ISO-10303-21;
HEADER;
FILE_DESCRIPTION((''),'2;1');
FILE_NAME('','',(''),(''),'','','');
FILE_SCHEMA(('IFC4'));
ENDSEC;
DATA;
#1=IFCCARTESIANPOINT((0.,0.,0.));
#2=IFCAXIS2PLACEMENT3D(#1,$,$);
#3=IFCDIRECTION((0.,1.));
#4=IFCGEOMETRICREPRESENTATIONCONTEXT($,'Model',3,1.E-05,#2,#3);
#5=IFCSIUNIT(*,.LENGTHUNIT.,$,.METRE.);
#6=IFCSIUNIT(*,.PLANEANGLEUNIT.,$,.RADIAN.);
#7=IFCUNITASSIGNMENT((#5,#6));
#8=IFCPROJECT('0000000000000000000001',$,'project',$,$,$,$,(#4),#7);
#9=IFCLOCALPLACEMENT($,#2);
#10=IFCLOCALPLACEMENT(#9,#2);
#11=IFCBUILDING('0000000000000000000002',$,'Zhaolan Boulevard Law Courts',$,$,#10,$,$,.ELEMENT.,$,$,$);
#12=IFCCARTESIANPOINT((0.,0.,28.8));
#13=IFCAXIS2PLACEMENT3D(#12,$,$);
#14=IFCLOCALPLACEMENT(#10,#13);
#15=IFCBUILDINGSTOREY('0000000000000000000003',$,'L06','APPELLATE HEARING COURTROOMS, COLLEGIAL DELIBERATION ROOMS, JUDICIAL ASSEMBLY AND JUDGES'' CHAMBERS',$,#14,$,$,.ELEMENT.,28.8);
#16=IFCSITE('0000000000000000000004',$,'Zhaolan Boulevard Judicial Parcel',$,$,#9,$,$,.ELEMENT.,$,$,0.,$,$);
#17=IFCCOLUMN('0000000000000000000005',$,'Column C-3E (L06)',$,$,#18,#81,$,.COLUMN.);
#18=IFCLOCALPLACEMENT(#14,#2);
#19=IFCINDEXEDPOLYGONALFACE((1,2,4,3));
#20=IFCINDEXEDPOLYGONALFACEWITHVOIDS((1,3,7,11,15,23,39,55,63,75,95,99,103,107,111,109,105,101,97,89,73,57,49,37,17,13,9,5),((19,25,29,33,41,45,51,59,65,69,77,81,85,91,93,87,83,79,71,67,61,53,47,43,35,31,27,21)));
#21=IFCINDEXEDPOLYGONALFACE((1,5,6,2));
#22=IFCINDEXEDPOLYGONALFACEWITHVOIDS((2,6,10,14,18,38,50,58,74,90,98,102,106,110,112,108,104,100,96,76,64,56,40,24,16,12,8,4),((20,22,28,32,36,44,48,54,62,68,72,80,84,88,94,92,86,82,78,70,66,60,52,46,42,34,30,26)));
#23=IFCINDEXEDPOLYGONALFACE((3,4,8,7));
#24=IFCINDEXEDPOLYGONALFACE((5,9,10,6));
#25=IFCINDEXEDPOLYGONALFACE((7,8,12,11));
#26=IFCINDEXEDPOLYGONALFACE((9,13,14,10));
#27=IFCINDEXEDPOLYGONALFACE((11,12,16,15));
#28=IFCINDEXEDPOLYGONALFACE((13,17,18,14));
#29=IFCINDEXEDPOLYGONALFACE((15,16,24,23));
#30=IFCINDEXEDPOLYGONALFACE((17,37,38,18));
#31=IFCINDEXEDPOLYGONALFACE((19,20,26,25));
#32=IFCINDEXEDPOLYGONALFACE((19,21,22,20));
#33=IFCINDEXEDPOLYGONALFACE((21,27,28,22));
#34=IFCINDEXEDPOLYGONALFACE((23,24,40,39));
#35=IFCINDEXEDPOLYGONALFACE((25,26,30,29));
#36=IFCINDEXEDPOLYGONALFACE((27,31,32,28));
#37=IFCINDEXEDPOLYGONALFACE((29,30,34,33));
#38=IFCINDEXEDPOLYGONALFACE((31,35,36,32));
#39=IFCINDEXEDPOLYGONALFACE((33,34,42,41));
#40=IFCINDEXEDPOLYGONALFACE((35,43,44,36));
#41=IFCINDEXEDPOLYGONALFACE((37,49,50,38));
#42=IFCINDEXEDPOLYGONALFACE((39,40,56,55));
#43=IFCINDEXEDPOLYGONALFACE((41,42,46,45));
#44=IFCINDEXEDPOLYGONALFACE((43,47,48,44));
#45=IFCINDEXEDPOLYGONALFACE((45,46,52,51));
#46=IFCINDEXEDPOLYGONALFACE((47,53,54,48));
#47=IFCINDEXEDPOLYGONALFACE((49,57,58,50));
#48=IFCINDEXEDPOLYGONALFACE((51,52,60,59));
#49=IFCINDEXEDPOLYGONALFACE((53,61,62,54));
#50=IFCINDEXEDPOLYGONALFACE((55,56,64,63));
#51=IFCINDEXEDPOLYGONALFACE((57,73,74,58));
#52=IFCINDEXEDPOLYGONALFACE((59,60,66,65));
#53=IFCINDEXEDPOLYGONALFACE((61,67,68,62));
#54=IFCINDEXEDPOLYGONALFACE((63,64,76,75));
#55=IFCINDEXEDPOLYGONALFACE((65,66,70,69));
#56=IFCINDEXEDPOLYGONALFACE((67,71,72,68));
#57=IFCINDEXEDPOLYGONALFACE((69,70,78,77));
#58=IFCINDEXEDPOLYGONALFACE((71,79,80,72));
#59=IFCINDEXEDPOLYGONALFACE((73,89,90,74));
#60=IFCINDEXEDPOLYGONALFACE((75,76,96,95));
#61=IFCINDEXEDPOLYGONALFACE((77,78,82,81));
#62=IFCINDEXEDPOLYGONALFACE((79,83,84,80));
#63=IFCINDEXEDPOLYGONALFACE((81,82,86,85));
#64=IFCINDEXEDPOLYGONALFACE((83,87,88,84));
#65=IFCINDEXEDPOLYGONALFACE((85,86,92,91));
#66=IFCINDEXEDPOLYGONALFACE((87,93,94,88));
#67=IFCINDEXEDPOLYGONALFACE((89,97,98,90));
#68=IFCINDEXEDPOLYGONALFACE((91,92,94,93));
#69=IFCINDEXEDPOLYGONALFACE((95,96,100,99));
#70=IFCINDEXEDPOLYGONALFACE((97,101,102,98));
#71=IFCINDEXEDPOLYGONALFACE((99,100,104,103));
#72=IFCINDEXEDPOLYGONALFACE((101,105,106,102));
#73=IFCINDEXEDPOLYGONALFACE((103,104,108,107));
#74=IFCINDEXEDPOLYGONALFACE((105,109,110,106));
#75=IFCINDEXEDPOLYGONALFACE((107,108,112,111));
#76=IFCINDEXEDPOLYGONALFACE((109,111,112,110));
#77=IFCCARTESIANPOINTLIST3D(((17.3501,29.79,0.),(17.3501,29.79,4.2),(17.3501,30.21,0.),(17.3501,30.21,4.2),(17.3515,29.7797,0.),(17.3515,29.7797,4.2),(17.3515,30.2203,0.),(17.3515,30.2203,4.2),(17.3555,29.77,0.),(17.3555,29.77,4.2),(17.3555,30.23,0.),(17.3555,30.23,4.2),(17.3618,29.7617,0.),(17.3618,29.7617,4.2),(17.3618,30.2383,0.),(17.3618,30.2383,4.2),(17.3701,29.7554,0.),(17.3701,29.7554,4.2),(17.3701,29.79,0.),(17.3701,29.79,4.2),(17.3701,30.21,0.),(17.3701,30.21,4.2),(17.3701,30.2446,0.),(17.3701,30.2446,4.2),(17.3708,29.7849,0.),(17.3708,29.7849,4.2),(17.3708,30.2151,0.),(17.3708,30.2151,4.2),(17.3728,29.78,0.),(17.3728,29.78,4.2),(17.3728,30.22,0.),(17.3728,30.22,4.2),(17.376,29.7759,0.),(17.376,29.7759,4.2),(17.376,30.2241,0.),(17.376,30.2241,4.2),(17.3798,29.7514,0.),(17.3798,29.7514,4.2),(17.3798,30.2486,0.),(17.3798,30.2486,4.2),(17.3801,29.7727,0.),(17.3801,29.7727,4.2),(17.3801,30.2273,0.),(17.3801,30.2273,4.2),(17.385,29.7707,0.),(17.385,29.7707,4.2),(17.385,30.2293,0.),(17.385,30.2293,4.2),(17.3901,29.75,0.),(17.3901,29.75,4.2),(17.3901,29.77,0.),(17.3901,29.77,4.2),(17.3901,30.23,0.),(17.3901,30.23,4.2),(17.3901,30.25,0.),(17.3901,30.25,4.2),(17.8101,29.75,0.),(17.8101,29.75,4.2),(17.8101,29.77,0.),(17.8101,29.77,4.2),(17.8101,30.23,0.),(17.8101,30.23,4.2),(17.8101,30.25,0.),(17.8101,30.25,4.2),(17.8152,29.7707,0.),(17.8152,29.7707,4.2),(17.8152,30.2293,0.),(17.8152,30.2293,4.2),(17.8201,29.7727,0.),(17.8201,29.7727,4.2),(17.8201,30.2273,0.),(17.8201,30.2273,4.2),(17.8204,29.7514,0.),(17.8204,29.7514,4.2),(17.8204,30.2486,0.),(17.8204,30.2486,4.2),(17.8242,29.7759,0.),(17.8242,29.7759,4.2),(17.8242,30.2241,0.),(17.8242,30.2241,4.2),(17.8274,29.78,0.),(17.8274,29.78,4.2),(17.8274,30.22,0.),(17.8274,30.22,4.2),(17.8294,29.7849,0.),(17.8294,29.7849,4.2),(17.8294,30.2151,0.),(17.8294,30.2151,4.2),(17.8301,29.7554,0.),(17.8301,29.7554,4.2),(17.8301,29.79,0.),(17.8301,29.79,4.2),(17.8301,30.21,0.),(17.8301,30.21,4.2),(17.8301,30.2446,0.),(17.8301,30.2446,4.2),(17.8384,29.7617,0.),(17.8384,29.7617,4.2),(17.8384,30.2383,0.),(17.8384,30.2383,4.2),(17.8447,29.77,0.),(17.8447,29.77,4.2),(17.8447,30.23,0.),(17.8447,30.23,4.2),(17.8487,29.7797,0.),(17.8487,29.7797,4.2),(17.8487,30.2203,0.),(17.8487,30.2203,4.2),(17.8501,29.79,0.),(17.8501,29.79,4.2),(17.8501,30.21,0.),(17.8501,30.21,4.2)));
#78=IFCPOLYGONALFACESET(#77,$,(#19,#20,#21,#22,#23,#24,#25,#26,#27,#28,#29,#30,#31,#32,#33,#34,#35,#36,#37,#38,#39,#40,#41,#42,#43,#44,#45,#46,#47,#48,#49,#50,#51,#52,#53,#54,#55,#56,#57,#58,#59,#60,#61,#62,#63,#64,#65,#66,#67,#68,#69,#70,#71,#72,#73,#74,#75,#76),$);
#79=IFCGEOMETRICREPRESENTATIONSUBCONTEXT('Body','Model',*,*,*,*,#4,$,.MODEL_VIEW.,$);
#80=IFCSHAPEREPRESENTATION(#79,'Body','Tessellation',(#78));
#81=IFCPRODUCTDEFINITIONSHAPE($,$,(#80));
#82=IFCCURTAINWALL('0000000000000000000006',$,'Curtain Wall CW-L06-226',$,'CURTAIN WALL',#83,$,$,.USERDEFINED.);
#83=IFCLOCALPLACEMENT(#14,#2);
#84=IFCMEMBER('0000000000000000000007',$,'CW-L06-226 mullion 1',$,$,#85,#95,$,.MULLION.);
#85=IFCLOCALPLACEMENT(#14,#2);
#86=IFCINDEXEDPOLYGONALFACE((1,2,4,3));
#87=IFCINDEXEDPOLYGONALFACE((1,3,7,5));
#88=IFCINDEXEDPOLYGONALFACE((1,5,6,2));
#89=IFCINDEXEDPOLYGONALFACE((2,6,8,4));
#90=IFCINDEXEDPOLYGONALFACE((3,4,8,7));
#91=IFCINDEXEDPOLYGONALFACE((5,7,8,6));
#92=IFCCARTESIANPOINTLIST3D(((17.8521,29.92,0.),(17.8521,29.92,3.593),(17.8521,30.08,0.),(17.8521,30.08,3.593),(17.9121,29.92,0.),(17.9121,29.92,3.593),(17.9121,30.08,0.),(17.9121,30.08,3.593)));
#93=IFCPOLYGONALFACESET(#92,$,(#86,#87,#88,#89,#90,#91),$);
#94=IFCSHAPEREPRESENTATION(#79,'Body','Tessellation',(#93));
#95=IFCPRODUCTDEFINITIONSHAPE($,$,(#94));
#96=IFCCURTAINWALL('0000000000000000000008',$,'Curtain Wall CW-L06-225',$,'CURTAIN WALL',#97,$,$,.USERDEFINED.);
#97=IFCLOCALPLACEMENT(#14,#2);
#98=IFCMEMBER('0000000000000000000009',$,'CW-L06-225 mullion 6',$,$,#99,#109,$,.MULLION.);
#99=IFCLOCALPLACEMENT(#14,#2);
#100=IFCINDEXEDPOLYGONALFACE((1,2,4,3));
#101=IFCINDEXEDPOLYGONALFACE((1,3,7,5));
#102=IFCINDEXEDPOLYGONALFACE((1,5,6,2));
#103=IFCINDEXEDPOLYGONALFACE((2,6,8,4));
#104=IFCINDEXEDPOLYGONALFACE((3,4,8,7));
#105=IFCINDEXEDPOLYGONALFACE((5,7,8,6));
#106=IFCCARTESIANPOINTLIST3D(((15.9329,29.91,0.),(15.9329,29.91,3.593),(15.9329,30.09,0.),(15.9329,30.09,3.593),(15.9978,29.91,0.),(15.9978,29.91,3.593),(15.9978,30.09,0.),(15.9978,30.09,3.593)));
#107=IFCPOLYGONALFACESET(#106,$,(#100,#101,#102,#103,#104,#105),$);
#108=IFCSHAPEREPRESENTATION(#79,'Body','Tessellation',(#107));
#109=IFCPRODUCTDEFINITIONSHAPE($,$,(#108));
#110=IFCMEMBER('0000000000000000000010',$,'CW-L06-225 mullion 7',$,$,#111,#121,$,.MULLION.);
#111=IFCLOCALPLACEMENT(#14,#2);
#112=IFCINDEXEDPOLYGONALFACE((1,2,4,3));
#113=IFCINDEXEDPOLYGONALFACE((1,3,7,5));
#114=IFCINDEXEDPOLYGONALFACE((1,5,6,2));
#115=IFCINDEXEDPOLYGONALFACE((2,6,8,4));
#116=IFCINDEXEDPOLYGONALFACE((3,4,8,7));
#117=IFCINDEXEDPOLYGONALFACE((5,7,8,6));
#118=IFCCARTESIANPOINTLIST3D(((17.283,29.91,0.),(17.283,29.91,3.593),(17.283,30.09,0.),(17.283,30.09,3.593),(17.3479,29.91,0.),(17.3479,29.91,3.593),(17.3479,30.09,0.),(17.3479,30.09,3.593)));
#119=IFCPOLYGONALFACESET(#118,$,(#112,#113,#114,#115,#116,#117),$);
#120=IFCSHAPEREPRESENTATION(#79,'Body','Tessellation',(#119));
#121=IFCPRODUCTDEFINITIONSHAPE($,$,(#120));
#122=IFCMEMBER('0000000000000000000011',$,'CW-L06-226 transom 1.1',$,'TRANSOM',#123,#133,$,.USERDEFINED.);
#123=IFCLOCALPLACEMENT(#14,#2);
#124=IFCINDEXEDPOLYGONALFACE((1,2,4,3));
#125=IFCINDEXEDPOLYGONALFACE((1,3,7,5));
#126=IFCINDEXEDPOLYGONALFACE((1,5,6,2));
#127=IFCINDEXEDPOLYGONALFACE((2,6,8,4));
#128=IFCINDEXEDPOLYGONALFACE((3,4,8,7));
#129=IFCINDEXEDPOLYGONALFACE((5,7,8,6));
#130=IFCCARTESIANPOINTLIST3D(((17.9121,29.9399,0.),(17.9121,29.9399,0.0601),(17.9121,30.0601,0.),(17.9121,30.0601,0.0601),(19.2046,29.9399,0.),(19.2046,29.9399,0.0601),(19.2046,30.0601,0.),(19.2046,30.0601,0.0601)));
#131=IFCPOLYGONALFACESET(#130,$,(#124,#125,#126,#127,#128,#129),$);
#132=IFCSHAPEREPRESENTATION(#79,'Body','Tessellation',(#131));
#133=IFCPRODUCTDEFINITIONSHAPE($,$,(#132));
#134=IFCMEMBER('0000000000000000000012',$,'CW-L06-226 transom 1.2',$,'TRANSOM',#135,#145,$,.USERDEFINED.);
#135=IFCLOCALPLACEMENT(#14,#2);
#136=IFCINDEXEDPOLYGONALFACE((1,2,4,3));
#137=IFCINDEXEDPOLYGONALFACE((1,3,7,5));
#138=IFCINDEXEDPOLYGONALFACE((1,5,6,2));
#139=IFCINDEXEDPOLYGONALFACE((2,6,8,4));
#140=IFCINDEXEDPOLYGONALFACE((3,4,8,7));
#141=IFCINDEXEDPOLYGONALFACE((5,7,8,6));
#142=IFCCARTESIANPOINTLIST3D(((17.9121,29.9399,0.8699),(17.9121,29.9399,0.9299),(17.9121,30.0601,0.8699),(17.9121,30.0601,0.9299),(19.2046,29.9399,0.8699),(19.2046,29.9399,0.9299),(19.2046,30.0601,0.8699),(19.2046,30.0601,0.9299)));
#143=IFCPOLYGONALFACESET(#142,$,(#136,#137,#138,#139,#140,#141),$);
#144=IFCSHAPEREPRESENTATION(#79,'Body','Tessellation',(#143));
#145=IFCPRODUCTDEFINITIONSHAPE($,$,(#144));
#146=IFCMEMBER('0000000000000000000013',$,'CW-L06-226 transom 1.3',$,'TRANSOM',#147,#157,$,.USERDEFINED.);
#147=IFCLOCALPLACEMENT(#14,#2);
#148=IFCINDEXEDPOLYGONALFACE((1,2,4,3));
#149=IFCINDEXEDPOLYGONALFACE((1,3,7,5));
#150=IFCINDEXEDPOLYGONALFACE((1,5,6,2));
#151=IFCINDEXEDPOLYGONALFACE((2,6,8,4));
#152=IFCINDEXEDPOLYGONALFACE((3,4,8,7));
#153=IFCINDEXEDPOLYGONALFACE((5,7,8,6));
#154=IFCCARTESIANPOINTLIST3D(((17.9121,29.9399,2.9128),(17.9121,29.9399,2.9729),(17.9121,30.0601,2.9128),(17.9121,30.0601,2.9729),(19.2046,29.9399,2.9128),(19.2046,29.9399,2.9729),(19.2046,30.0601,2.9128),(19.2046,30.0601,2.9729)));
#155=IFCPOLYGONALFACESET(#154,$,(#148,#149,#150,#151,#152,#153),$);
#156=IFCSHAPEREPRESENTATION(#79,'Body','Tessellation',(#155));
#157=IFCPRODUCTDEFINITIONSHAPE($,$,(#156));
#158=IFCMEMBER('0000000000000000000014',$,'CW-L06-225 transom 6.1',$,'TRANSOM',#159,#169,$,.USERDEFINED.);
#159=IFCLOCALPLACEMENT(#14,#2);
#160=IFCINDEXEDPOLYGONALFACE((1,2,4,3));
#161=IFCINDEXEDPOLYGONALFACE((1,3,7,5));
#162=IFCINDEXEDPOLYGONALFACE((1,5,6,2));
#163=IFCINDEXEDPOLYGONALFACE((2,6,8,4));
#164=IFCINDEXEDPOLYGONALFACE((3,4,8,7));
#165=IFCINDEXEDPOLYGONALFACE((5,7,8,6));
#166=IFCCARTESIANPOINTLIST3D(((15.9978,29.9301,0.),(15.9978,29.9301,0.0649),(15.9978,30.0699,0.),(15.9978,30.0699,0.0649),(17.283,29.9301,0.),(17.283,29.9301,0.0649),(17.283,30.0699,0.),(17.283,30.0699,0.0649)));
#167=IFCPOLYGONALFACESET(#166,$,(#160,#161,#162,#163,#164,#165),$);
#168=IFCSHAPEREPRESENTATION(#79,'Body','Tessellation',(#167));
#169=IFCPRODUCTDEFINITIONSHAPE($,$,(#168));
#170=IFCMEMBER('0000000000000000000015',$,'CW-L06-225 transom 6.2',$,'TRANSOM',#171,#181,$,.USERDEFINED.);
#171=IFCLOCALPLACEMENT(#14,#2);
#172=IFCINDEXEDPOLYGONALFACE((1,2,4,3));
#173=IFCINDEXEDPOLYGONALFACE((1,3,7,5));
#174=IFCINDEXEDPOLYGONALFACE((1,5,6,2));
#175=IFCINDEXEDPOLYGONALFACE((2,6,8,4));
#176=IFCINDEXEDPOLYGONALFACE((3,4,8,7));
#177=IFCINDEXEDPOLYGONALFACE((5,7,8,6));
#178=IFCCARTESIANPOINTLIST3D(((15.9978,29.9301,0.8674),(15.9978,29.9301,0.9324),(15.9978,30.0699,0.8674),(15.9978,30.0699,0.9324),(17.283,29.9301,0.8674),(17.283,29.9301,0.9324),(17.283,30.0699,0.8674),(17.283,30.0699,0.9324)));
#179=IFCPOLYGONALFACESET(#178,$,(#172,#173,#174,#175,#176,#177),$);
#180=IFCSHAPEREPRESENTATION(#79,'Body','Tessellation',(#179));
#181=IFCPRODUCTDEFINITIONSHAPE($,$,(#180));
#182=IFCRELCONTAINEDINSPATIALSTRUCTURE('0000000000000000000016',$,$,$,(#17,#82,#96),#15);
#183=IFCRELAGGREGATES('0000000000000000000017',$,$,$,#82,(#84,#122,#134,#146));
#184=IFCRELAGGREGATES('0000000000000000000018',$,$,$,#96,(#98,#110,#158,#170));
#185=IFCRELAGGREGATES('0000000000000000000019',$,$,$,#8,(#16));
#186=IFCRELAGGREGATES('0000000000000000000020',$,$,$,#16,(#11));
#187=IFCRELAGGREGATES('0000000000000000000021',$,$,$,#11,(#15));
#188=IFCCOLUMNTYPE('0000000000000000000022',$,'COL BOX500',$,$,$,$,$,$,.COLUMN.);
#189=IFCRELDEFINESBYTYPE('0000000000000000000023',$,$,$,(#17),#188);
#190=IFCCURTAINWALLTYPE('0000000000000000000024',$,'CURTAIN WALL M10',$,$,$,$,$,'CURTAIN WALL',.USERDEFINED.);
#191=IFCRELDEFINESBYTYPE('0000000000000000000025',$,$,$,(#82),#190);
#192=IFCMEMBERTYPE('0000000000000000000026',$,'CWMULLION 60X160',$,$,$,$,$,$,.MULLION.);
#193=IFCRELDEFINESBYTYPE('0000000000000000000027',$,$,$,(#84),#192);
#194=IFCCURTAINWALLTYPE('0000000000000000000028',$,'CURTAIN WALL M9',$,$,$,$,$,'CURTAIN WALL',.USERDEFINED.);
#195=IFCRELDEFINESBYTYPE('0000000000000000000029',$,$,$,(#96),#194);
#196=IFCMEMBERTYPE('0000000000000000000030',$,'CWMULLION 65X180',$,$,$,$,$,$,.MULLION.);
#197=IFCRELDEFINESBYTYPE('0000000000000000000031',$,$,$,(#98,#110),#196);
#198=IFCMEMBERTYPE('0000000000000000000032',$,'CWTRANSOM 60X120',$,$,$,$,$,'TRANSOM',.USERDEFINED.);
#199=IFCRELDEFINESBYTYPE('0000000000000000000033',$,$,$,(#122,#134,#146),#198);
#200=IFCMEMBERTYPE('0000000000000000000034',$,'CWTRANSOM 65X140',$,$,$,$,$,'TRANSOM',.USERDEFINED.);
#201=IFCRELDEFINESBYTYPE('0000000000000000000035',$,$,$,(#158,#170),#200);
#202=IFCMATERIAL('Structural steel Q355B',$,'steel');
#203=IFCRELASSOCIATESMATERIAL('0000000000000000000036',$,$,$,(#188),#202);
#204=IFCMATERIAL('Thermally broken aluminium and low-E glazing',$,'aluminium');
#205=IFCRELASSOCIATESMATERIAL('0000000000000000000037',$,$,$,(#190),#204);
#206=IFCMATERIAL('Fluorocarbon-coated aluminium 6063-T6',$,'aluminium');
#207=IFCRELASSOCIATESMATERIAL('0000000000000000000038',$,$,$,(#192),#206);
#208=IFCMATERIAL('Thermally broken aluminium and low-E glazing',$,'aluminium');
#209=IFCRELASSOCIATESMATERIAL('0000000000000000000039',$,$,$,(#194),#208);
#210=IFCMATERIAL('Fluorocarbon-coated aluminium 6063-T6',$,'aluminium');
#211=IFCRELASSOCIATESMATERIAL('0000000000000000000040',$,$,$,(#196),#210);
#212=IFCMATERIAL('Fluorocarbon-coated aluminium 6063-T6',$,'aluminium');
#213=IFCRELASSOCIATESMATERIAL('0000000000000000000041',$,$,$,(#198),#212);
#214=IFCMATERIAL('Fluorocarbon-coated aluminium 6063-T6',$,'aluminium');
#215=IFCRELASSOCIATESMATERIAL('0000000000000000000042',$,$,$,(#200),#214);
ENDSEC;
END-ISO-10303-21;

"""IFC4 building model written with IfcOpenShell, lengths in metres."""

from ifc_helpers import new_model, si_unit, direction, frame, origin, origin_2d, place, context, subcontext, project, spatial, rectangle, hollow_rectangle, extrude, material, material_profile, profile_set, type_object, element, aggregate, save


model = new_model("IFC4")

# Units and contexts
model_context = context("Model", 3, precision=1e-05, world=origin(), true_north=direction((0.0, 1.0)))
body_context = subcontext(model_context, "Body", "Model", "MODEL_VIEW")
ifc_project = project(units=[si_unit("LENGTHUNIT", "METRE"), si_unit("PLANEANGLEUNIT", "RADIAN")], contexts=[model_context])

# Site, building, storey
site_placement = place(None, origin())
site = spatial("IfcSite", under=ifc_project, at=site_placement, Name="Zhaolan Boulevard Judicial Parcel", CompositionType="ELEMENT", RefElevation=0.0)
building_placement = place(site_placement, origin())
building = spatial("IfcBuilding", under=site, at=building_placement, Name="Zhaolan Boulevard Law Courts", CompositionType="ELEMENT")
storey_placement = place(building_placement, frame((0.0, 0.0, 28.8)))
storey = spatial("IfcBuildingStorey", under=building, at=storey_placement, Name="L06", Description="APPELLATE HEARING COURTROOMS, COLLEGIAL DELIBERATION ROOMS, JUDICIAL ASSEMBLY AND JUDGES' CHAMBERS", CompositionType="ELEMENT", Elevation=28.8)

# Column
ifc_material_1 = material(Name="Structural steel Q355B", Category="steel")
ifc_material_profile_1 = material_profile(ifc_material_1, hollow_rectangle(XDim=0.5, YDim=0.5, WallThickness=0.02, InnerFilletRadius=0.02, OuterFilletRadius=0.04, at=origin_2d()), Name="BOX500x500x20")
ifc_profile_set_1 = profile_set([ifc_material_profile_1], Name="Structural steel Q355B")
column_type = type_object("IfcColumnType", Name="COL BOX500", PredefinedType="COLUMN", material=ifc_profile_set_1)
column_placement = place(storey_placement, frame((17.6001, 30.0, 0.0), z_axis=(0.0, 0.0, 1.0), x_axis=(1.0, 0.0, 0.0)))
element("IfcColumn", 1, at=column_placement, inside=storey, type_object=column_type, Name="Column C-3E (L06)", PredefinedType="COLUMN", context=body_context, shape_type="SweptSolid", body=[
    extrude(hollow_rectangle(XDim=0.5, YDim=0.5, WallThickness=0.02, InnerFilletRadius=0.02, OuterFilletRadius=0.04, at=origin_2d()), origin(), (0.0, 0.0, 1.0), 4.2),
])

# Curtain wall, member
ifc_material_2 = material(Name="Thermally broken aluminium and low-E glazing", Category="aluminium")
curtain_wall_type_1 = type_object("IfcCurtainWallType", Name="CURTAIN WALL M10", ElementType="CURTAIN WALL", PredefinedType="USERDEFINED", material=ifc_material_2)
curtain_wall_1_placement = place(storey_placement, origin())
curtain_wall_1 = element("IfcCurtainWall", 2, at=curtain_wall_1_placement, inside=storey, type_object=curtain_wall_type_1, Name="Curtain Wall CW-L06-226", ObjectType="CURTAIN WALL", PredefinedType="USERDEFINED")
ifc_material_3 = material(Name="Fluorocarbon-coated aluminium 6063-T6", Category="aluminium")
ifc_material_profile_2 = material_profile(ifc_material_3, rectangle(XDim=0.1599, YDim=0.0601, at=origin_2d()), Name="AL60x160")
ifc_profile_set_2 = profile_set([ifc_material_profile_2], Name="Fluorocarbon-coated aluminium 6063-T6")
member_type_1 = type_object("IfcMemberType", Name="CWMULLION 60X160", PredefinedType="MULLION", material=ifc_profile_set_2)
member_1_placement = place(storey_placement, frame((17.8821, 30.0, 0.0), z_axis=(0.0, 0.0, 1.0), x_axis=(0.0, 1.0, 0.0)))
member_1 = element("IfcMember", 3, at=member_1_placement, type_object=member_type_1, Name="CW-L06-226 mullion 1", PredefinedType="MULLION", context=body_context, shape_type="SweptSolid", body=[
    extrude(rectangle(XDim=0.1599, YDim=0.0601, at=origin_2d()), origin(), (0.0, 0.0, 1.0), 3.593),
])

# Curtain wall, members
ifc_material_4 = material(Name="Thermally broken aluminium and low-E glazing", Category="aluminium")
curtain_wall_type_2 = type_object("IfcCurtainWallType", Name="CURTAIN WALL M9", ElementType="CURTAIN WALL", PredefinedType="USERDEFINED", material=ifc_material_4)
curtain_wall_2_placement = place(storey_placement, origin())
curtain_wall_2 = element("IfcCurtainWall", 4, at=curtain_wall_2_placement, inside=storey, type_object=curtain_wall_type_2, Name="Curtain Wall CW-L06-225", ObjectType="CURTAIN WALL", PredefinedType="USERDEFINED")
ifc_material_5 = material(Name="Fluorocarbon-coated aluminium 6063-T6", Category="aluminium")
ifc_material_profile_3 = material_profile(ifc_material_5, rectangle(XDim=0.1799, YDim=0.0649, at=origin_2d()), Name="AL65x180")
ifc_profile_set_3 = profile_set([ifc_material_profile_3], Name="Fluorocarbon-coated aluminium 6063-T6")
member_type_2 = type_object("IfcMemberType", Name="CWMULLION 65X180", PredefinedType="MULLION", material=ifc_profile_set_3)
member_2_placement = place(storey_placement, frame((15.9653, 30.0, 0.0), z_axis=(0.0, 0.0, 1.0), x_axis=(0.0, 1.0, 0.0)))
member_2 = element("IfcMember", 5, at=member_2_placement, type_object=member_type_2, Name="CW-L06-225 mullion 6", PredefinedType="MULLION", context=body_context, shape_type="SweptSolid", body=[
    extrude(rectangle(XDim=0.1799, YDim=0.0649, at=origin_2d()), origin(), (0.0, 0.0, 1.0), 3.593),
])
member_3_placement = place(storey_placement, frame((17.3154, 30.0, 0.0), z_axis=(0.0, 0.0, 1.0), x_axis=(0.0, 1.0, 0.0)))
member_3 = element("IfcMember", 6, at=member_3_placement, type_object=member_type_2, Name="CW-L06-225 mullion 7", PredefinedType="MULLION", context=body_context, shape_type="SweptSolid", body=[
    extrude(rectangle(XDim=0.1799, YDim=0.0649, at=origin_2d()), origin(), (0.0, 0.0, 1.0), 3.593),
])

# Members
ifc_material_6 = material(Name="Fluorocarbon-coated aluminium 6063-T6", Category="aluminium")
ifc_material_profile_4 = material_profile(ifc_material_6, rectangle(XDim=0.1201, YDim=0.0601, at=origin_2d()), Name="AL60x120")
ifc_profile_set_4 = profile_set([ifc_material_profile_4], Name="Fluorocarbon-coated aluminium 6063-T6")
member_type_3 = type_object("IfcMemberType", Name="CWTRANSOM 60X120", ElementType="TRANSOM", PredefinedType="USERDEFINED", material=ifc_profile_set_4)
member_4_placement = place(storey_placement, frame((17.9121, 30.0, 0.03), z_axis=(1.0, 0.0, 0.0), x_axis=(0.0, 1.0, 0.0)))
member_4 = element("IfcMember", 7, at=member_4_placement, type_object=member_type_3, Name="CW-L06-226 transom 1.1", ObjectType="TRANSOM", PredefinedType="USERDEFINED", context=body_context, shape_type="SweptSolid", body=[
    extrude(rectangle(XDim=0.1201, YDim=0.0601, at=origin_2d()), origin(), (0.0, 0.0, 1.0), 1.2925),
])
member_5_placement = place(storey_placement, frame((17.9121, 30.0, 0.8999), z_axis=(1.0, 0.0, 0.0), x_axis=(0.0, 1.0, 0.0)))
member_5 = element("IfcMember", 8, at=member_5_placement, type_object=member_type_3, Name="CW-L06-226 transom 1.2", ObjectType="TRANSOM", PredefinedType="USERDEFINED", context=body_context, shape_type="SweptSolid", body=[
    extrude(rectangle(XDim=0.1201, YDim=0.0601, at=origin_2d()), origin(), (0.0, 0.0, 1.0), 1.2925),
])
member_6_placement = place(storey_placement, frame((17.9121, 30.0, 2.9429), z_axis=(1.0, 0.0, 0.0), x_axis=(0.0, 1.0, 0.0)))
member_6 = element("IfcMember", 9, at=member_6_placement, type_object=member_type_3, Name="CW-L06-226 transom 1.3", ObjectType="TRANSOM", PredefinedType="USERDEFINED", context=body_context, shape_type="SweptSolid", body=[
    extrude(rectangle(XDim=0.1201, YDim=0.0601, at=origin_2d()), origin(), (0.0, 0.0, 1.0), 1.2925),
])
aggregate(curtain_wall_1, [member_1, member_4, member_5, member_6])
ifc_material_7 = material(Name="Fluorocarbon-coated aluminium 6063-T6", Category="aluminium")
ifc_material_profile_5 = material_profile(ifc_material_7, rectangle(XDim=0.1399, YDim=0.0649, at=origin_2d()), Name="AL65x140")
ifc_profile_set_5 = profile_set([ifc_material_profile_5], Name="Fluorocarbon-coated aluminium 6063-T6")
member_type_4 = type_object("IfcMemberType", Name="CWTRANSOM 65X140", ElementType="TRANSOM", PredefinedType="USERDEFINED", material=ifc_profile_set_5)
member_7_placement = place(storey_placement, frame((15.9978, 30.0, 0.0325), z_axis=(1.0, 0.0, 0.0), x_axis=(0.0, 1.0, 0.0)))
member_7 = element("IfcMember", 10, at=member_7_placement, type_object=member_type_4, Name="CW-L06-225 transom 6.1", ObjectType="TRANSOM", PredefinedType="USERDEFINED", context=body_context, shape_type="SweptSolid", body=[
    extrude(rectangle(XDim=0.1399, YDim=0.0649, at=origin_2d()), origin(), (0.0, 0.0, 1.0), 1.2852),
])
member_8_placement = place(storey_placement, frame((15.9978, 30.0, 0.8999), z_axis=(1.0, 0.0, 0.0), x_axis=(0.0, 1.0, 0.0)))
member_8 = element("IfcMember", 11, at=member_8_placement, type_object=member_type_4, Name="CW-L06-225 transom 6.2", ObjectType="TRANSOM", PredefinedType="USERDEFINED", context=body_context, shape_type="SweptSolid", body=[
    extrude(rectangle(XDim=0.1399, YDim=0.0649, at=origin_2d()), origin(), (0.0, 0.0, 1.0), 1.2852),
])

aggregate(curtain_wall_2, [member_2, member_3, member_7, member_8])

save(model, "model.ifc")
